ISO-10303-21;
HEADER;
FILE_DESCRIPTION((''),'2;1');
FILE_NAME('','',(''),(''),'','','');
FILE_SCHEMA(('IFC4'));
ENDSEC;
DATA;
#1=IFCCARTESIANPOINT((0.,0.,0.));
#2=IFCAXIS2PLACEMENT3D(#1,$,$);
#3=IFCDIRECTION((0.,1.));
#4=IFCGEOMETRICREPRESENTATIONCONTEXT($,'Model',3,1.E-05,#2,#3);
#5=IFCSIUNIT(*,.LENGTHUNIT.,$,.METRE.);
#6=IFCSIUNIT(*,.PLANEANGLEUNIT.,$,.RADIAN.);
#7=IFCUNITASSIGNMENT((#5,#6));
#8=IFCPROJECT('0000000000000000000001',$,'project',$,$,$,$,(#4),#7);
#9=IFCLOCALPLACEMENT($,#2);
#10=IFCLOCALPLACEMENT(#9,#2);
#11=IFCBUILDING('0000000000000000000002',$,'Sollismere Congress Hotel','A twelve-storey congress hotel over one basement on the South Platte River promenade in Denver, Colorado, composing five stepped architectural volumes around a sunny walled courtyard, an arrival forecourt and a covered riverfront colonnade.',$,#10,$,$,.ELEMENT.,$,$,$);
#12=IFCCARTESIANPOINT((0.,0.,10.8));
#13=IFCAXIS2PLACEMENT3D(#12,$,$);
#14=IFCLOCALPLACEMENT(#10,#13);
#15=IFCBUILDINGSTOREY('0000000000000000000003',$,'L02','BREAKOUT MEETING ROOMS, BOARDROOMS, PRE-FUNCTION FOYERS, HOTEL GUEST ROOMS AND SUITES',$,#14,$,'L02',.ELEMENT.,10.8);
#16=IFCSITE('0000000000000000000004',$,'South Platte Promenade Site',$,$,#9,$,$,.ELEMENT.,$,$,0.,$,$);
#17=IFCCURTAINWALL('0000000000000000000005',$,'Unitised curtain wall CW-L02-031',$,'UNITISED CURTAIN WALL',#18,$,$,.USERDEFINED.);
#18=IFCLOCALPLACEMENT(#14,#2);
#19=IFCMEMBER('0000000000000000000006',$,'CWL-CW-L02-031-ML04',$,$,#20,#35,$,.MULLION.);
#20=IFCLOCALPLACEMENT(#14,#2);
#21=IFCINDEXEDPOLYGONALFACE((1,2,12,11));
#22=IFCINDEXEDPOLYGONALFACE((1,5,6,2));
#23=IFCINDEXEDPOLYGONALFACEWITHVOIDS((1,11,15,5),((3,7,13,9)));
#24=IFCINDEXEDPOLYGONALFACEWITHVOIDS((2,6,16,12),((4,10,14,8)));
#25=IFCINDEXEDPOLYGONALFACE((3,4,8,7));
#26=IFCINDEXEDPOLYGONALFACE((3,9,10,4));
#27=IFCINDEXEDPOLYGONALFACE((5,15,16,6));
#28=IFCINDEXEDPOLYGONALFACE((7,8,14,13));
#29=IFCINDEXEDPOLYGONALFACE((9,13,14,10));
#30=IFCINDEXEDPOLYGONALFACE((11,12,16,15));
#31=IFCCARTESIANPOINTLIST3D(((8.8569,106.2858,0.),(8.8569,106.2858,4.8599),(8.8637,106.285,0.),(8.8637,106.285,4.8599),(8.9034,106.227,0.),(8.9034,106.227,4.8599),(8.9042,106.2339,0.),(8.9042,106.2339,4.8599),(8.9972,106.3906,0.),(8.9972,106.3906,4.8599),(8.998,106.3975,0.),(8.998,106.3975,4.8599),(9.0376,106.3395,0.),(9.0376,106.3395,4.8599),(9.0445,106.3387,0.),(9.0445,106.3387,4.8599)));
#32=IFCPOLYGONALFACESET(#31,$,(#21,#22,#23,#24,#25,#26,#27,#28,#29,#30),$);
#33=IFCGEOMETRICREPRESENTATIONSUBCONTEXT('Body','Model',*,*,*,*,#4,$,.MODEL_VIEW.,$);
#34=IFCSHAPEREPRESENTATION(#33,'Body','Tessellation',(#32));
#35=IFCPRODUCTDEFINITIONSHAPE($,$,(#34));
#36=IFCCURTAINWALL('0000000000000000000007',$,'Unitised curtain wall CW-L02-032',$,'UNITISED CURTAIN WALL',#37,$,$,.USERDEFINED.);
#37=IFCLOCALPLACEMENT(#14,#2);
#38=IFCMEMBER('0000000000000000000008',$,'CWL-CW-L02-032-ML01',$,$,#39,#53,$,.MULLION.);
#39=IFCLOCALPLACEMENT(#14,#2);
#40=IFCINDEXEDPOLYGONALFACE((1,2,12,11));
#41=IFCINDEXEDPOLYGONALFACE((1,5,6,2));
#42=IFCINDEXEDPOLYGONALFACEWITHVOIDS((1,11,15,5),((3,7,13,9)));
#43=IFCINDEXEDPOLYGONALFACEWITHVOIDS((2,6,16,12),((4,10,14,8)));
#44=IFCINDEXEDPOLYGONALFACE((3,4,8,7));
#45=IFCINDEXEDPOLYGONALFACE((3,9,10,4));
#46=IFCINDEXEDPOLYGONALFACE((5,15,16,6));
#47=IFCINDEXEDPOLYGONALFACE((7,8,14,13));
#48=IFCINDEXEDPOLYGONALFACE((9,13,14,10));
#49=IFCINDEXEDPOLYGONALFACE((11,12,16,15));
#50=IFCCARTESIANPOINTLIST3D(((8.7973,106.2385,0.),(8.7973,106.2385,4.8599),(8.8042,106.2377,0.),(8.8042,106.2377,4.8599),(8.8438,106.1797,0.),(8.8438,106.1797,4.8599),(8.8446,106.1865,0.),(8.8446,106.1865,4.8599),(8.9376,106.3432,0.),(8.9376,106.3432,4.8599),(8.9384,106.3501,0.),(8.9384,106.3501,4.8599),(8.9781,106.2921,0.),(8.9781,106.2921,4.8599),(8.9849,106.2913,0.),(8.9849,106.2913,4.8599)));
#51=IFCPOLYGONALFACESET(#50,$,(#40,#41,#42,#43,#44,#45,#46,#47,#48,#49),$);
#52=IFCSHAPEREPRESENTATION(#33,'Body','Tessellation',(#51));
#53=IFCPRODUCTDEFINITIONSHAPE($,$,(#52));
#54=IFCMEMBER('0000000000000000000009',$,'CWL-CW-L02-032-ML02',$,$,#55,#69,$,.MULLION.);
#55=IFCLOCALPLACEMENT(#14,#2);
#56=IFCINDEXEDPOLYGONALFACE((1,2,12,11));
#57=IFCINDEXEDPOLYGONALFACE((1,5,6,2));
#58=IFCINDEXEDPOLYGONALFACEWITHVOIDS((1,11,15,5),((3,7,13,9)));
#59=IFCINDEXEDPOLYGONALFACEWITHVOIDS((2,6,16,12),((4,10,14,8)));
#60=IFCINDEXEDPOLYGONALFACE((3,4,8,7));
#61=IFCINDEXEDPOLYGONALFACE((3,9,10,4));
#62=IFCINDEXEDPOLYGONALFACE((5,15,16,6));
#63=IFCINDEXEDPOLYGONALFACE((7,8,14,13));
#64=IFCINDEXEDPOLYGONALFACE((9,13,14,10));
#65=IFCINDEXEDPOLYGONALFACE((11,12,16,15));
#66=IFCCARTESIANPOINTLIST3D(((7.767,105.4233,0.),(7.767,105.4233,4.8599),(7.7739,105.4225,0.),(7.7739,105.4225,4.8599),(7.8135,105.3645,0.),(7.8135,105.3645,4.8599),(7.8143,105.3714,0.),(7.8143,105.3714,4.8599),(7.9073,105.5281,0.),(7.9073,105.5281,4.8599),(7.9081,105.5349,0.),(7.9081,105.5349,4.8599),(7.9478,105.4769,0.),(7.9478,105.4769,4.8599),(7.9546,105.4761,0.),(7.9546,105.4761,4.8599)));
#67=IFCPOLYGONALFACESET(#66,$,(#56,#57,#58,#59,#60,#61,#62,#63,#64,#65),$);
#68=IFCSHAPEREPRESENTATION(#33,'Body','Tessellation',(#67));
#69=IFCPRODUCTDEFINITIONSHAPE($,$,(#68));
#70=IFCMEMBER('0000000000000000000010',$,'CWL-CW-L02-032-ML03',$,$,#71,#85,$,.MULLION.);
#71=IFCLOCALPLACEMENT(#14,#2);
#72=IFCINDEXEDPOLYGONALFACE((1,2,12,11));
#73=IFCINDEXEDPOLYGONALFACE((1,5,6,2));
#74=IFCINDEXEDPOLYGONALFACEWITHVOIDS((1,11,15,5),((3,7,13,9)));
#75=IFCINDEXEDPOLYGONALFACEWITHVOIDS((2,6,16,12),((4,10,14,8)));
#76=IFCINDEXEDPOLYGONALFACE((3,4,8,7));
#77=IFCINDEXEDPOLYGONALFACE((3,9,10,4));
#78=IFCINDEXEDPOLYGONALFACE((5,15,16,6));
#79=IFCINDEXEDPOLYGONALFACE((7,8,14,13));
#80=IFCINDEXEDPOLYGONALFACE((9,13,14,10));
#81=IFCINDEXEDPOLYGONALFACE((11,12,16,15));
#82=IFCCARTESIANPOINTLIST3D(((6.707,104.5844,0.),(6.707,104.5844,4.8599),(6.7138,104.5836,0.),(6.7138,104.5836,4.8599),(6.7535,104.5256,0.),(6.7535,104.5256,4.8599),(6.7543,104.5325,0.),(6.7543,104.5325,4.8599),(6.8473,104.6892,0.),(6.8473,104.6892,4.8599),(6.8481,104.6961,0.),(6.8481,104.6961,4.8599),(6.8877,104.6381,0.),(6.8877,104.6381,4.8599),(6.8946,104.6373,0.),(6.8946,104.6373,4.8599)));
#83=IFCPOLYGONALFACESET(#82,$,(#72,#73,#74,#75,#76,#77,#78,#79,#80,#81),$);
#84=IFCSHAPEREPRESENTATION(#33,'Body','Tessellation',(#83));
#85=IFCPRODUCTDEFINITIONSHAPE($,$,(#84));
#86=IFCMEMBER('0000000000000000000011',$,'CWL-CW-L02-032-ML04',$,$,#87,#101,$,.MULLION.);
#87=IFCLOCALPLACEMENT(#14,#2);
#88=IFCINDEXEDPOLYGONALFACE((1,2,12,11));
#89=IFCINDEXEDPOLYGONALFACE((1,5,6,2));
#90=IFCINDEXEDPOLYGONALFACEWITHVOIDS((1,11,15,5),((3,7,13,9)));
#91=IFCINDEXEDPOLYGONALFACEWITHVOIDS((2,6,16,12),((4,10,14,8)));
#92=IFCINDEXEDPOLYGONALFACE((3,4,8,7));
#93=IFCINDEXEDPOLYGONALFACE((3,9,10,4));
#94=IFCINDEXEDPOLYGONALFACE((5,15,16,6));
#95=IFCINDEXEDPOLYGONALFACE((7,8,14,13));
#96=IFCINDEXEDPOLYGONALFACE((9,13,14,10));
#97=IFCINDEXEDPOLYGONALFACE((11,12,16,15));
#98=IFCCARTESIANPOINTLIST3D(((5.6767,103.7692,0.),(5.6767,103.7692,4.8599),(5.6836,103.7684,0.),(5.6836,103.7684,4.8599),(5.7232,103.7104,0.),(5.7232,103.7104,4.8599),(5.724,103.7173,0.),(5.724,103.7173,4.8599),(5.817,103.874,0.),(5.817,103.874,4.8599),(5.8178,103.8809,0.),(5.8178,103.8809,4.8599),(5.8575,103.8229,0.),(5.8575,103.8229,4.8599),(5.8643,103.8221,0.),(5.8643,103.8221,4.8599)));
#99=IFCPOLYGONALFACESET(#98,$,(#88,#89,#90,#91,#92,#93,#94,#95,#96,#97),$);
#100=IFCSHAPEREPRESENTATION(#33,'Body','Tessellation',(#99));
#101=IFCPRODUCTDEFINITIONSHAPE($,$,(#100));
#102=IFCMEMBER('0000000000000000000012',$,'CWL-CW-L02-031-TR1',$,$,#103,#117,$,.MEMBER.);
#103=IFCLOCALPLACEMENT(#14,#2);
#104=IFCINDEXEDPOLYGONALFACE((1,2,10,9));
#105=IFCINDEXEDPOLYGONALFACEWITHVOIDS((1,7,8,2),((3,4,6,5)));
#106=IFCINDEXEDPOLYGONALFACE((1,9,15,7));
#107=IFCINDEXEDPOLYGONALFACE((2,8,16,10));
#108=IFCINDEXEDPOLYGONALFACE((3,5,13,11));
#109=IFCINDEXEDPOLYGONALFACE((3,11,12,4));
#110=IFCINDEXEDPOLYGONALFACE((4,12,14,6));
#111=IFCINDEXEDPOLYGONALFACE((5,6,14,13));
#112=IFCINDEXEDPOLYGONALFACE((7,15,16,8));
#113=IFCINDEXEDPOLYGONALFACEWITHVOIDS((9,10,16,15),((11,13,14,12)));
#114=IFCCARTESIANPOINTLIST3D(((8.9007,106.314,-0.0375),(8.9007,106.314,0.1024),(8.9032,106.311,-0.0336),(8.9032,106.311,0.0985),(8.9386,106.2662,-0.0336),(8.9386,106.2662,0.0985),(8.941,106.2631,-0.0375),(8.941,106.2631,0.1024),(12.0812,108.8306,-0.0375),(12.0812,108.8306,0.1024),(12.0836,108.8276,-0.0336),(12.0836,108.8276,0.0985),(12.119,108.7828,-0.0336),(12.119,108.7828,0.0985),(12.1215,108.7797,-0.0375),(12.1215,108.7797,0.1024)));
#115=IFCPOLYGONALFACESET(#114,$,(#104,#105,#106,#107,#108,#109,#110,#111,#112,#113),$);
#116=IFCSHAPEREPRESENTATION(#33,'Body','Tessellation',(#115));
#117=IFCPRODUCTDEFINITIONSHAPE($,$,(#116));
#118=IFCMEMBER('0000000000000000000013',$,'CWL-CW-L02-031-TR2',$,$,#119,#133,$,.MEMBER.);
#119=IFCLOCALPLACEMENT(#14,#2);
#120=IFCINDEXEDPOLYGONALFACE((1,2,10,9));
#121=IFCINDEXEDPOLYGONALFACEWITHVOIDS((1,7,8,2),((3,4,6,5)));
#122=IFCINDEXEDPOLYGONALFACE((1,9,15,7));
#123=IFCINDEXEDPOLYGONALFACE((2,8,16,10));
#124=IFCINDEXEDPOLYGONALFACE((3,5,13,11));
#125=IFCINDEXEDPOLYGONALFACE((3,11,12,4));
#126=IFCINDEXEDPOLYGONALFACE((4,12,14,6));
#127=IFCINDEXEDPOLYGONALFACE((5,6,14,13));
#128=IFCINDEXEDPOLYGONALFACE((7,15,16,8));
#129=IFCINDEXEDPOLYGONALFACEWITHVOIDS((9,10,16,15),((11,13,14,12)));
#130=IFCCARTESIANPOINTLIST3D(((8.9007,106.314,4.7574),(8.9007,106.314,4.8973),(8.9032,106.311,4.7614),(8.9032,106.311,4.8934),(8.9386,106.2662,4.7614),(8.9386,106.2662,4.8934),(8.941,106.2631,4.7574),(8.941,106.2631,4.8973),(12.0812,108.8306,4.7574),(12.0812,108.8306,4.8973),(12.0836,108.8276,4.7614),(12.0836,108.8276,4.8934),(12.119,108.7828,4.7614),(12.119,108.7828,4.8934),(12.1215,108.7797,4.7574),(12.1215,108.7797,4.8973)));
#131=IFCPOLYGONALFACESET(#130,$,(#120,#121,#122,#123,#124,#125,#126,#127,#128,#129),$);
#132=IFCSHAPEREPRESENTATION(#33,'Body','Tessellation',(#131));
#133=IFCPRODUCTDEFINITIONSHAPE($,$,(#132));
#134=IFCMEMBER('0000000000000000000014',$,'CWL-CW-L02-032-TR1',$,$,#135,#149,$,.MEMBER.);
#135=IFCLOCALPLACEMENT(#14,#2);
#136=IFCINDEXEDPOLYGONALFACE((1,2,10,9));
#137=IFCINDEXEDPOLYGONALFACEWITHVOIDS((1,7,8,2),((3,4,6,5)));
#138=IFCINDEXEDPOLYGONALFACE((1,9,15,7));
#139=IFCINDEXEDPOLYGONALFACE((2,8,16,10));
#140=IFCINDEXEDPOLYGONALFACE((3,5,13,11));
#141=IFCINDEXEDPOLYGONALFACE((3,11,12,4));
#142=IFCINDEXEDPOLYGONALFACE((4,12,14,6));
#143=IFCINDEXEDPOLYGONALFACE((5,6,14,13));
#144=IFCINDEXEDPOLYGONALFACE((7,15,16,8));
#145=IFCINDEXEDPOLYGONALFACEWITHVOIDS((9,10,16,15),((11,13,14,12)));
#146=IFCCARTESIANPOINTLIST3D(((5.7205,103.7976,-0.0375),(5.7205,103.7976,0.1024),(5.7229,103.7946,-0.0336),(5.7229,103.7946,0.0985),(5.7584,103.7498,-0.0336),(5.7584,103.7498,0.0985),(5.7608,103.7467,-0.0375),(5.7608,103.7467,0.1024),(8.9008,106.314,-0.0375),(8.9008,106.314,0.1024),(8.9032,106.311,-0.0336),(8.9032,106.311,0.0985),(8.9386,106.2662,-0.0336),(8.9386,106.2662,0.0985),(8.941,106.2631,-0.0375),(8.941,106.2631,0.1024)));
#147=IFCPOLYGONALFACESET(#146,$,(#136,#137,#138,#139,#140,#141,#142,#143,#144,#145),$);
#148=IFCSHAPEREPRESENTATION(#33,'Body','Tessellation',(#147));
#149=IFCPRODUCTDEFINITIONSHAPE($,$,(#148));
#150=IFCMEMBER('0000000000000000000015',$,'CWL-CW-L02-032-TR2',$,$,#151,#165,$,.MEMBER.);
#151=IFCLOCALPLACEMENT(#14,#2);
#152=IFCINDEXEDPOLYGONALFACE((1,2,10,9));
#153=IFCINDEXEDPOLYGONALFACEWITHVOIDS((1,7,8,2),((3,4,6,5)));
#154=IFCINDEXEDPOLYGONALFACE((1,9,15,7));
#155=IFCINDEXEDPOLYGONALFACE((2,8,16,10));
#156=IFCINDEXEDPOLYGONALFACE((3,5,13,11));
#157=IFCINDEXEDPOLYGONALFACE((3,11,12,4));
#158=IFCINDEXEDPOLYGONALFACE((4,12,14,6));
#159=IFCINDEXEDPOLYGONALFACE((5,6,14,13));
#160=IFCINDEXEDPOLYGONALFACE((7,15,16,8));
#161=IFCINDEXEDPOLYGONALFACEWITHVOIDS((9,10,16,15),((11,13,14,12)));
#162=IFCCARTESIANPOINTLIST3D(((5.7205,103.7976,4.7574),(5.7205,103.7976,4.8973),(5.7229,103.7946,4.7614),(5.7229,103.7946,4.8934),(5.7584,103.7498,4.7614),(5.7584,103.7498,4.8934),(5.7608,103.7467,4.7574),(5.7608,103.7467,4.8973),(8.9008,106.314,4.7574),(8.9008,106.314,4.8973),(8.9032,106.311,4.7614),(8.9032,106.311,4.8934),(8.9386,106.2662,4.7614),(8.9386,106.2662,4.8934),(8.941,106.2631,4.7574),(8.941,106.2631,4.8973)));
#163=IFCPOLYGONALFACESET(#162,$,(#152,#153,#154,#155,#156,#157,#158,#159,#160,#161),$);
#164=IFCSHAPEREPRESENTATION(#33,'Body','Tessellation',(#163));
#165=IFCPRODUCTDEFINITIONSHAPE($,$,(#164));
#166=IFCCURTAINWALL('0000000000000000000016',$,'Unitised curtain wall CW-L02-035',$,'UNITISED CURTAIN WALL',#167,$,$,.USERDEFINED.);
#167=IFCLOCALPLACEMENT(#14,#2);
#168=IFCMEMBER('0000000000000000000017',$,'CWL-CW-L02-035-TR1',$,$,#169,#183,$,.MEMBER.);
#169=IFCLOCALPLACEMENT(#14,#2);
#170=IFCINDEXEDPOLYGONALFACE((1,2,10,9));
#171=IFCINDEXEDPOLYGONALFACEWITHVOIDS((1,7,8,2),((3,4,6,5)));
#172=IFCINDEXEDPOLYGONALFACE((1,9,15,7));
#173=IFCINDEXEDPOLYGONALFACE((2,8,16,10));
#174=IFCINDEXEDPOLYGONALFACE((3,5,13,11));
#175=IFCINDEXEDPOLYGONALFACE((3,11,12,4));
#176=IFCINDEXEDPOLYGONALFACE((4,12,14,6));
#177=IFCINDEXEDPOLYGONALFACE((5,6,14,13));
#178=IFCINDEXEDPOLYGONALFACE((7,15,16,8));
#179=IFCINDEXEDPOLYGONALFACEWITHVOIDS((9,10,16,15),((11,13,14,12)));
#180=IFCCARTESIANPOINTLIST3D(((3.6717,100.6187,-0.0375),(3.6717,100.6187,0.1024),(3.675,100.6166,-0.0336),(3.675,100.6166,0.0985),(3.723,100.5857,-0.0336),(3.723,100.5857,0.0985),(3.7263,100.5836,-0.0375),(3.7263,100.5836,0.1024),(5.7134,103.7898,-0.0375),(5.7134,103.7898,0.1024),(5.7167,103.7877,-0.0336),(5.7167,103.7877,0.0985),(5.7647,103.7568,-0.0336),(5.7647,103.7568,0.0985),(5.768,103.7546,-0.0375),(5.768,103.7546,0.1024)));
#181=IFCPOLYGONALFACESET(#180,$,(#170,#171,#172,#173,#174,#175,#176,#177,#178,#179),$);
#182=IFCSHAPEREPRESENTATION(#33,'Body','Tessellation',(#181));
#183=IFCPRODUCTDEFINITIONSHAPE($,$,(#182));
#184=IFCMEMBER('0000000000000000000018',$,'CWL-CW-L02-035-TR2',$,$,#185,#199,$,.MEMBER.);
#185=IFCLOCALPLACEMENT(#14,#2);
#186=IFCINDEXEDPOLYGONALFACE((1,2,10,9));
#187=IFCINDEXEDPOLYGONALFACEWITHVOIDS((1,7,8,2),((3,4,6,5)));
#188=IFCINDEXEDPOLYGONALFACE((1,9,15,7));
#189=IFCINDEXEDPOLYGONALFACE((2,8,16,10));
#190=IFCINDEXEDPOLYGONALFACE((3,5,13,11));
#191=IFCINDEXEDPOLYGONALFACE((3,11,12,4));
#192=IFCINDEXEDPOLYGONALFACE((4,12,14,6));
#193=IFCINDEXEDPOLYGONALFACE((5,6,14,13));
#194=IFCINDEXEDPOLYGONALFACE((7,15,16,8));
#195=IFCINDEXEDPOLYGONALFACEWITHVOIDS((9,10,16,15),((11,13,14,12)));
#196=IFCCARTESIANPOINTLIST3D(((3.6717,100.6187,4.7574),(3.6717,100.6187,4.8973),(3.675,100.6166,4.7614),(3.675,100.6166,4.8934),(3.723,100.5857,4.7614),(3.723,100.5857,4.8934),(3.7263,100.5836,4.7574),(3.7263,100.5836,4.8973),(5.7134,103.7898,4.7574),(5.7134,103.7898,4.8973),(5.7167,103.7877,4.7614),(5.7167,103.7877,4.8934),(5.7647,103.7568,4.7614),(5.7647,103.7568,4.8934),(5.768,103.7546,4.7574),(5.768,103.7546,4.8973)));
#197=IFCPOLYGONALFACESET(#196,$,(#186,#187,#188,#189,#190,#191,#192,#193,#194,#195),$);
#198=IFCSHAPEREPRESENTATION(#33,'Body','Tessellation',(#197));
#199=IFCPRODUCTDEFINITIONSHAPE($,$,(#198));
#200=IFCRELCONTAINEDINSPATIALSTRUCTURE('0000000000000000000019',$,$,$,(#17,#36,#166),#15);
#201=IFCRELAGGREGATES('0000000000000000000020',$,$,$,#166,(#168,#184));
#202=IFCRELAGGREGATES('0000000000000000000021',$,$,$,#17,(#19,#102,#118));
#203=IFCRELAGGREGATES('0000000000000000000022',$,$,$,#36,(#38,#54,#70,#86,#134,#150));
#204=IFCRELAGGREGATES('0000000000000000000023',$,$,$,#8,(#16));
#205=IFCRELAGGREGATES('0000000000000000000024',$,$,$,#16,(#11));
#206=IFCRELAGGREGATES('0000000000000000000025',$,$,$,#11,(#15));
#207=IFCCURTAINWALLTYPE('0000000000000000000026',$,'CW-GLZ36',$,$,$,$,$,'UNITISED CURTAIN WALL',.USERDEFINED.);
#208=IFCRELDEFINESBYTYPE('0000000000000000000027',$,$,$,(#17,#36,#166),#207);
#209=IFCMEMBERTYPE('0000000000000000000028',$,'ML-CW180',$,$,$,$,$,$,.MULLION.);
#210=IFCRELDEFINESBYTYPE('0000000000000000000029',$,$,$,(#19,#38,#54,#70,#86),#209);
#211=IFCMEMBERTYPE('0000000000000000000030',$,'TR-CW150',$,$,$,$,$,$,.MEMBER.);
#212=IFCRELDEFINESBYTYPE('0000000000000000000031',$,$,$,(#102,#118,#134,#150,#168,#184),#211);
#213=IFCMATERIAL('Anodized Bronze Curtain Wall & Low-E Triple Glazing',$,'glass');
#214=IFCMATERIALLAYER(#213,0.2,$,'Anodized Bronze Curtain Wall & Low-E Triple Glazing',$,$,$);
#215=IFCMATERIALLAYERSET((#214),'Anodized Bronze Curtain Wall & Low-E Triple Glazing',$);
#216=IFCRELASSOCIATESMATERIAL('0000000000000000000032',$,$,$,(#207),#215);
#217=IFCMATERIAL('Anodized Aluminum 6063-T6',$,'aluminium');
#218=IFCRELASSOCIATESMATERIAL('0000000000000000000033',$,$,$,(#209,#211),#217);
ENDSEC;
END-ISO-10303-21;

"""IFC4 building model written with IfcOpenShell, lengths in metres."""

from ifc_helpers import new_model, si_unit, direction, frame, origin, origin_2d, place, context, subcontext, project, spatial, hollow_rectangle, extrude, material, layer, layer_set, material_profile, profile_set, type_object, element, aggregate, save


model = new_model("IFC4")

# Units and contexts
model_context = context("Model", 3, precision=1e-05, world=origin(), true_north=direction((0.0, 1.0)))
body_context = subcontext(model_context, "Body", "Model", "MODEL_VIEW")
ifc_project = project(units=[si_unit("LENGTHUNIT", "METRE"), si_unit("PLANEANGLEUNIT", "RADIAN")], contexts=[model_context])

# Site, building, storey
site_placement = place(None, origin())
site = spatial("IfcSite", under=ifc_project, at=site_placement, Name="South Platte Promenade Site", CompositionType="ELEMENT", RefElevation=0.0)
building_placement = place(site_placement, origin())
building = spatial("IfcBuilding", under=site, at=building_placement, Name="Sollismere Congress Hotel", Description="A twelve-storey congress hotel over one basement on the South Platte River promenade in Denver, Colorado, composing five stepped architectural volumes around a sunny walled courtyard, an arrival forecourt and a covered riverfront colonnade.", CompositionType="ELEMENT")
storey_placement = place(building_placement, frame((0.0, 0.0, 10.8)))
storey = spatial("IfcBuildingStorey", under=building, at=storey_placement, Name="L02", Description="BREAKOUT MEETING ROOMS, BOARDROOMS, PRE-FUNCTION FOYERS, HOTEL GUEST ROOMS AND SUITES", LongName="L02", CompositionType="ELEMENT", Elevation=10.8)

# Curtain walls, members
ifc_material_1 = material(Name="Anodized Bronze Curtain Wall & Low-E Triple Glazing", Category="glass")
ifc_layer_1 = layer(ifc_material_1, 0.2, Name="Anodized Bronze Curtain Wall & Low-E Triple Glazing")
ifc_layer_set_1 = layer_set([ifc_layer_1], Name="Anodized Bronze Curtain Wall & Low-E Triple Glazing")
curtain_wall_type = type_object("IfcCurtainWallType", Name="CW-GLZ36", ElementType="UNITISED CURTAIN WALL", PredefinedType="USERDEFINED", material=ifc_layer_set_1)
ifc_material_2 = material(Name="Anodized Aluminum 6063-T6", Category="aluminium")
ifc_material_profile_1 = material_profile(ifc_material_2, hollow_rectangle(XDim=0.075, YDim=0.1799, WallThickness=0.0049, at=origin_2d()), Name="ALU180X75X5")
ifc_profile_set_1 = profile_set([ifc_material_profile_1], Name="Anodized Aluminum 6063-T6")
member_type_1 = type_object("IfcMemberType", Name="ML-CW180", PredefinedType="MULLION", material=ifc_profile_set_1)
curtain_wall_1_placement = place(storey_placement, origin())
curtain_wall_1 = element("IfcCurtainWall", 1, at=curtain_wall_1_placement, inside=storey, type_object=curtain_wall_type, Name="Unitised curtain wall CW-L02-031", ObjectType="UNITISED CURTAIN WALL", PredefinedType="USERDEFINED")
member_1_placement = place(storey_placement, frame((8.9507, 106.3123, 0.0), z_axis=(0.0, 0.0, 1.0), x_axis=(0.620532, -0.784181, 0.0)))
member_1 = element("IfcMember", 2, at=member_1_placement, type_object=member_type_1, Name="CWL-CW-L02-031-ML04", PredefinedType="MULLION", context=body_context, shape_type="SweptSolid", body=[
    extrude(hollow_rectangle(XDim=0.075, YDim=0.1799, WallThickness=0.0049, at=origin_2d()), origin(), (0.0, 0.0, 1.0), 4.8599),
])
curtain_wall_2_placement = place(storey_placement, origin())
curtain_wall_2 = element("IfcCurtainWall", 3, at=curtain_wall_2_placement, inside=storey, type_object=curtain_wall_type, Name="Unitised curtain wall CW-L02-032", ObjectType="UNITISED CURTAIN WALL", PredefinedType="USERDEFINED")
member_2_placement = place(storey_placement, frame((8.8911, 106.2649, 0.0), z_axis=(0.0, 0.0, 1.0), x_axis=(0.620532, -0.784181, 0.0)))
member_2 = element("IfcMember", 4, at=member_2_placement, type_object=member_type_1, Name="CWL-CW-L02-032-ML01", PredefinedType="MULLION", context=body_context, shape_type="SweptSolid", body=[
    extrude(hollow_rectangle(XDim=0.075, YDim=0.1799, WallThickness=0.0049, at=origin_2d()), origin(), (0.0, 0.0, 1.0), 4.8599),
])
member_3_placement = place(storey_placement, frame((7.8608, 105.4497, 0.0), z_axis=(0.0, 0.0, 1.0), x_axis=(0.620532, -0.784181, 0.0)))
member_3 = element("IfcMember", 5, at=member_3_placement, type_object=member_type_1, Name="CWL-CW-L02-032-ML02", PredefinedType="MULLION", context=body_context, shape_type="SweptSolid", body=[
    extrude(hollow_rectangle(XDim=0.075, YDim=0.1799, WallThickness=0.0049, at=origin_2d()), origin(), (0.0, 0.0, 1.0), 4.8599),
])
member_4_placement = place(storey_placement, frame((6.8008, 104.6108, 0.0), z_axis=(0.0, 0.0, 1.0), x_axis=(0.620532, -0.784181, 0.0)))
member_4 = element("IfcMember", 6, at=member_4_placement, type_object=member_type_1, Name="CWL-CW-L02-032-ML03", PredefinedType="MULLION", context=body_context, shape_type="SweptSolid", body=[
    extrude(hollow_rectangle(XDim=0.075, YDim=0.1799, WallThickness=0.0049, at=origin_2d()), origin(), (0.0, 0.0, 1.0), 4.8599),
])
member_5_placement = place(storey_placement, frame((5.7705, 103.7957, 0.0), z_axis=(0.0, 0.0, 1.0), x_axis=(0.620532, -0.784181, 0.0)))
member_5 = element("IfcMember", 7, at=member_5_placement, type_object=member_type_1, Name="CWL-CW-L02-032-ML04", PredefinedType="MULLION", context=body_context, shape_type="SweptSolid", body=[
    extrude(hollow_rectangle(XDim=0.075, YDim=0.1799, WallThickness=0.0049, at=origin_2d()), origin(), (0.0, 0.0, 1.0), 4.8599),
])

# Members
ifc_material_profile_2 = material_profile(ifc_material_2, hollow_rectangle(XDim=0.0649, YDim=0.1399, WallThickness=0.0039, at=origin_2d()), Name="ALU140X65X4")
ifc_profile_set_2 = profile_set([ifc_material_profile_2], Name="Anodized Aluminum 6063-T6")
member_type_2 = type_object("IfcMemberType", Name="TR-CW150", PredefinedType="MEMBER", material=ifc_profile_set_2)
member_6_placement = place(storey_placement, frame((12.1013, 108.8052, 0.0325), z_axis=(-0.784194, -0.620516, 0.0), x_axis=(0.620516, -0.784194, 0.0)))
member_6 = element("IfcMember", 8, at=member_6_placement, type_object=member_type_2, Name="CWL-CW-L02-031-TR1", PredefinedType="MEMBER", context=body_context, shape_type="SweptSolid", body=[
    extrude(hollow_rectangle(XDim=0.0649, YDim=0.1399, WallThickness=0.0039, at=origin_2d()), origin(), (0.0, 0.0, 1.0), 4.0557),
])
member_7_placement = place(storey_placement, frame((12.1013, 108.8052, 4.8274), z_axis=(-0.784194, -0.620516, 0.0), x_axis=(0.620516, -0.784194, 0.0)))
member_7 = element("IfcMember", 9, at=member_7_placement, type_object=member_type_2, Name="CWL-CW-L02-031-TR2", PredefinedType="MEMBER", context=body_context, shape_type="SweptSolid", body=[
    extrude(hollow_rectangle(XDim=0.0649, YDim=0.1399, WallThickness=0.0039, at=origin_2d()), origin(), (0.0, 0.0, 1.0), 4.0557),
])
member_8_placement = place(storey_placement, frame((8.9209, 106.2886, 0.0325), z_axis=(-0.7842, -0.620509, 0.0), x_axis=(0.620509, -0.7842, 0.0)))
member_8 = element("IfcMember", 10, at=member_8_placement, type_object=member_type_2, Name="CWL-CW-L02-032-TR1", PredefinedType="MEMBER", context=body_context, shape_type="SweptSolid", body=[
    extrude(hollow_rectangle(XDim=0.0649, YDim=0.1399, WallThickness=0.0039, at=origin_2d()), origin(), (0.0, 0.0, 1.0), 4.0554),
])
member_9_placement = place(storey_placement, frame((8.9209, 106.2886, 4.8274), z_axis=(-0.7842, -0.620509, 0.0), x_axis=(0.620509, -0.7842, 0.0)))
member_9 = element("IfcMember", 11, at=member_9_placement, type_object=member_type_2, Name="CWL-CW-L02-032-TR2", PredefinedType="MEMBER", context=body_context, shape_type="SweptSolid", body=[
    extrude(hollow_rectangle(XDim=0.0649, YDim=0.1399, WallThickness=0.0039, at=origin_2d()), origin(), (0.0, 0.0, 1.0), 4.0554),
])

# Curtain wall, members
curtain_wall_3_placement = place(storey_placement, origin())
curtain_wall_3 = element("IfcCurtainWall", 12, at=curtain_wall_3_placement, inside=storey, type_object=curtain_wall_type, Name="Unitised curtain wall CW-L02-035", ObjectType="UNITISED CURTAIN WALL", PredefinedType="USERDEFINED")
member_10_placement = place(storey_placement, frame((5.7407, 103.7722, 0.0325), z_axis=(-0.54135, -0.840798, 0.0), x_axis=(0.840798, -0.54135, 0.0)))
member_10 = element("IfcMember", 13, at=member_10_placement, type_object=member_type_2, Name="CWL-CW-L02-035-TR1", PredefinedType="MEMBER", context=body_context, shape_type="SweptSolid", body=[
    extrude(hollow_rectangle(XDim=0.0649, YDim=0.1399, WallThickness=0.0039, at=origin_2d()), origin(), (0.0, 0.0, 1.0), 3.7715),
])
member_11_placement = place(storey_placement, frame((5.7407, 103.7722, 4.8274), z_axis=(-0.54135, -0.840798, 0.0), x_axis=(0.840798, -0.54135, 0.0)))
member_11 = element("IfcMember", 14, at=member_11_placement, type_object=member_type_2, Name="CWL-CW-L02-035-TR2", PredefinedType="MEMBER", context=body_context, shape_type="SweptSolid", body=[
    extrude(hollow_rectangle(XDim=0.0649, YDim=0.1399, WallThickness=0.0039, at=origin_2d()), origin(), (0.0, 0.0, 1.0), 3.7715),
])
aggregate(curtain_wall_3, [member_10, member_11])

aggregate(curtain_wall_1, [member_1, member_6, member_7])
aggregate(curtain_wall_2, [member_2, member_3, member_4, member_5, member_8, member_9])

save(model, "model.ifc")
